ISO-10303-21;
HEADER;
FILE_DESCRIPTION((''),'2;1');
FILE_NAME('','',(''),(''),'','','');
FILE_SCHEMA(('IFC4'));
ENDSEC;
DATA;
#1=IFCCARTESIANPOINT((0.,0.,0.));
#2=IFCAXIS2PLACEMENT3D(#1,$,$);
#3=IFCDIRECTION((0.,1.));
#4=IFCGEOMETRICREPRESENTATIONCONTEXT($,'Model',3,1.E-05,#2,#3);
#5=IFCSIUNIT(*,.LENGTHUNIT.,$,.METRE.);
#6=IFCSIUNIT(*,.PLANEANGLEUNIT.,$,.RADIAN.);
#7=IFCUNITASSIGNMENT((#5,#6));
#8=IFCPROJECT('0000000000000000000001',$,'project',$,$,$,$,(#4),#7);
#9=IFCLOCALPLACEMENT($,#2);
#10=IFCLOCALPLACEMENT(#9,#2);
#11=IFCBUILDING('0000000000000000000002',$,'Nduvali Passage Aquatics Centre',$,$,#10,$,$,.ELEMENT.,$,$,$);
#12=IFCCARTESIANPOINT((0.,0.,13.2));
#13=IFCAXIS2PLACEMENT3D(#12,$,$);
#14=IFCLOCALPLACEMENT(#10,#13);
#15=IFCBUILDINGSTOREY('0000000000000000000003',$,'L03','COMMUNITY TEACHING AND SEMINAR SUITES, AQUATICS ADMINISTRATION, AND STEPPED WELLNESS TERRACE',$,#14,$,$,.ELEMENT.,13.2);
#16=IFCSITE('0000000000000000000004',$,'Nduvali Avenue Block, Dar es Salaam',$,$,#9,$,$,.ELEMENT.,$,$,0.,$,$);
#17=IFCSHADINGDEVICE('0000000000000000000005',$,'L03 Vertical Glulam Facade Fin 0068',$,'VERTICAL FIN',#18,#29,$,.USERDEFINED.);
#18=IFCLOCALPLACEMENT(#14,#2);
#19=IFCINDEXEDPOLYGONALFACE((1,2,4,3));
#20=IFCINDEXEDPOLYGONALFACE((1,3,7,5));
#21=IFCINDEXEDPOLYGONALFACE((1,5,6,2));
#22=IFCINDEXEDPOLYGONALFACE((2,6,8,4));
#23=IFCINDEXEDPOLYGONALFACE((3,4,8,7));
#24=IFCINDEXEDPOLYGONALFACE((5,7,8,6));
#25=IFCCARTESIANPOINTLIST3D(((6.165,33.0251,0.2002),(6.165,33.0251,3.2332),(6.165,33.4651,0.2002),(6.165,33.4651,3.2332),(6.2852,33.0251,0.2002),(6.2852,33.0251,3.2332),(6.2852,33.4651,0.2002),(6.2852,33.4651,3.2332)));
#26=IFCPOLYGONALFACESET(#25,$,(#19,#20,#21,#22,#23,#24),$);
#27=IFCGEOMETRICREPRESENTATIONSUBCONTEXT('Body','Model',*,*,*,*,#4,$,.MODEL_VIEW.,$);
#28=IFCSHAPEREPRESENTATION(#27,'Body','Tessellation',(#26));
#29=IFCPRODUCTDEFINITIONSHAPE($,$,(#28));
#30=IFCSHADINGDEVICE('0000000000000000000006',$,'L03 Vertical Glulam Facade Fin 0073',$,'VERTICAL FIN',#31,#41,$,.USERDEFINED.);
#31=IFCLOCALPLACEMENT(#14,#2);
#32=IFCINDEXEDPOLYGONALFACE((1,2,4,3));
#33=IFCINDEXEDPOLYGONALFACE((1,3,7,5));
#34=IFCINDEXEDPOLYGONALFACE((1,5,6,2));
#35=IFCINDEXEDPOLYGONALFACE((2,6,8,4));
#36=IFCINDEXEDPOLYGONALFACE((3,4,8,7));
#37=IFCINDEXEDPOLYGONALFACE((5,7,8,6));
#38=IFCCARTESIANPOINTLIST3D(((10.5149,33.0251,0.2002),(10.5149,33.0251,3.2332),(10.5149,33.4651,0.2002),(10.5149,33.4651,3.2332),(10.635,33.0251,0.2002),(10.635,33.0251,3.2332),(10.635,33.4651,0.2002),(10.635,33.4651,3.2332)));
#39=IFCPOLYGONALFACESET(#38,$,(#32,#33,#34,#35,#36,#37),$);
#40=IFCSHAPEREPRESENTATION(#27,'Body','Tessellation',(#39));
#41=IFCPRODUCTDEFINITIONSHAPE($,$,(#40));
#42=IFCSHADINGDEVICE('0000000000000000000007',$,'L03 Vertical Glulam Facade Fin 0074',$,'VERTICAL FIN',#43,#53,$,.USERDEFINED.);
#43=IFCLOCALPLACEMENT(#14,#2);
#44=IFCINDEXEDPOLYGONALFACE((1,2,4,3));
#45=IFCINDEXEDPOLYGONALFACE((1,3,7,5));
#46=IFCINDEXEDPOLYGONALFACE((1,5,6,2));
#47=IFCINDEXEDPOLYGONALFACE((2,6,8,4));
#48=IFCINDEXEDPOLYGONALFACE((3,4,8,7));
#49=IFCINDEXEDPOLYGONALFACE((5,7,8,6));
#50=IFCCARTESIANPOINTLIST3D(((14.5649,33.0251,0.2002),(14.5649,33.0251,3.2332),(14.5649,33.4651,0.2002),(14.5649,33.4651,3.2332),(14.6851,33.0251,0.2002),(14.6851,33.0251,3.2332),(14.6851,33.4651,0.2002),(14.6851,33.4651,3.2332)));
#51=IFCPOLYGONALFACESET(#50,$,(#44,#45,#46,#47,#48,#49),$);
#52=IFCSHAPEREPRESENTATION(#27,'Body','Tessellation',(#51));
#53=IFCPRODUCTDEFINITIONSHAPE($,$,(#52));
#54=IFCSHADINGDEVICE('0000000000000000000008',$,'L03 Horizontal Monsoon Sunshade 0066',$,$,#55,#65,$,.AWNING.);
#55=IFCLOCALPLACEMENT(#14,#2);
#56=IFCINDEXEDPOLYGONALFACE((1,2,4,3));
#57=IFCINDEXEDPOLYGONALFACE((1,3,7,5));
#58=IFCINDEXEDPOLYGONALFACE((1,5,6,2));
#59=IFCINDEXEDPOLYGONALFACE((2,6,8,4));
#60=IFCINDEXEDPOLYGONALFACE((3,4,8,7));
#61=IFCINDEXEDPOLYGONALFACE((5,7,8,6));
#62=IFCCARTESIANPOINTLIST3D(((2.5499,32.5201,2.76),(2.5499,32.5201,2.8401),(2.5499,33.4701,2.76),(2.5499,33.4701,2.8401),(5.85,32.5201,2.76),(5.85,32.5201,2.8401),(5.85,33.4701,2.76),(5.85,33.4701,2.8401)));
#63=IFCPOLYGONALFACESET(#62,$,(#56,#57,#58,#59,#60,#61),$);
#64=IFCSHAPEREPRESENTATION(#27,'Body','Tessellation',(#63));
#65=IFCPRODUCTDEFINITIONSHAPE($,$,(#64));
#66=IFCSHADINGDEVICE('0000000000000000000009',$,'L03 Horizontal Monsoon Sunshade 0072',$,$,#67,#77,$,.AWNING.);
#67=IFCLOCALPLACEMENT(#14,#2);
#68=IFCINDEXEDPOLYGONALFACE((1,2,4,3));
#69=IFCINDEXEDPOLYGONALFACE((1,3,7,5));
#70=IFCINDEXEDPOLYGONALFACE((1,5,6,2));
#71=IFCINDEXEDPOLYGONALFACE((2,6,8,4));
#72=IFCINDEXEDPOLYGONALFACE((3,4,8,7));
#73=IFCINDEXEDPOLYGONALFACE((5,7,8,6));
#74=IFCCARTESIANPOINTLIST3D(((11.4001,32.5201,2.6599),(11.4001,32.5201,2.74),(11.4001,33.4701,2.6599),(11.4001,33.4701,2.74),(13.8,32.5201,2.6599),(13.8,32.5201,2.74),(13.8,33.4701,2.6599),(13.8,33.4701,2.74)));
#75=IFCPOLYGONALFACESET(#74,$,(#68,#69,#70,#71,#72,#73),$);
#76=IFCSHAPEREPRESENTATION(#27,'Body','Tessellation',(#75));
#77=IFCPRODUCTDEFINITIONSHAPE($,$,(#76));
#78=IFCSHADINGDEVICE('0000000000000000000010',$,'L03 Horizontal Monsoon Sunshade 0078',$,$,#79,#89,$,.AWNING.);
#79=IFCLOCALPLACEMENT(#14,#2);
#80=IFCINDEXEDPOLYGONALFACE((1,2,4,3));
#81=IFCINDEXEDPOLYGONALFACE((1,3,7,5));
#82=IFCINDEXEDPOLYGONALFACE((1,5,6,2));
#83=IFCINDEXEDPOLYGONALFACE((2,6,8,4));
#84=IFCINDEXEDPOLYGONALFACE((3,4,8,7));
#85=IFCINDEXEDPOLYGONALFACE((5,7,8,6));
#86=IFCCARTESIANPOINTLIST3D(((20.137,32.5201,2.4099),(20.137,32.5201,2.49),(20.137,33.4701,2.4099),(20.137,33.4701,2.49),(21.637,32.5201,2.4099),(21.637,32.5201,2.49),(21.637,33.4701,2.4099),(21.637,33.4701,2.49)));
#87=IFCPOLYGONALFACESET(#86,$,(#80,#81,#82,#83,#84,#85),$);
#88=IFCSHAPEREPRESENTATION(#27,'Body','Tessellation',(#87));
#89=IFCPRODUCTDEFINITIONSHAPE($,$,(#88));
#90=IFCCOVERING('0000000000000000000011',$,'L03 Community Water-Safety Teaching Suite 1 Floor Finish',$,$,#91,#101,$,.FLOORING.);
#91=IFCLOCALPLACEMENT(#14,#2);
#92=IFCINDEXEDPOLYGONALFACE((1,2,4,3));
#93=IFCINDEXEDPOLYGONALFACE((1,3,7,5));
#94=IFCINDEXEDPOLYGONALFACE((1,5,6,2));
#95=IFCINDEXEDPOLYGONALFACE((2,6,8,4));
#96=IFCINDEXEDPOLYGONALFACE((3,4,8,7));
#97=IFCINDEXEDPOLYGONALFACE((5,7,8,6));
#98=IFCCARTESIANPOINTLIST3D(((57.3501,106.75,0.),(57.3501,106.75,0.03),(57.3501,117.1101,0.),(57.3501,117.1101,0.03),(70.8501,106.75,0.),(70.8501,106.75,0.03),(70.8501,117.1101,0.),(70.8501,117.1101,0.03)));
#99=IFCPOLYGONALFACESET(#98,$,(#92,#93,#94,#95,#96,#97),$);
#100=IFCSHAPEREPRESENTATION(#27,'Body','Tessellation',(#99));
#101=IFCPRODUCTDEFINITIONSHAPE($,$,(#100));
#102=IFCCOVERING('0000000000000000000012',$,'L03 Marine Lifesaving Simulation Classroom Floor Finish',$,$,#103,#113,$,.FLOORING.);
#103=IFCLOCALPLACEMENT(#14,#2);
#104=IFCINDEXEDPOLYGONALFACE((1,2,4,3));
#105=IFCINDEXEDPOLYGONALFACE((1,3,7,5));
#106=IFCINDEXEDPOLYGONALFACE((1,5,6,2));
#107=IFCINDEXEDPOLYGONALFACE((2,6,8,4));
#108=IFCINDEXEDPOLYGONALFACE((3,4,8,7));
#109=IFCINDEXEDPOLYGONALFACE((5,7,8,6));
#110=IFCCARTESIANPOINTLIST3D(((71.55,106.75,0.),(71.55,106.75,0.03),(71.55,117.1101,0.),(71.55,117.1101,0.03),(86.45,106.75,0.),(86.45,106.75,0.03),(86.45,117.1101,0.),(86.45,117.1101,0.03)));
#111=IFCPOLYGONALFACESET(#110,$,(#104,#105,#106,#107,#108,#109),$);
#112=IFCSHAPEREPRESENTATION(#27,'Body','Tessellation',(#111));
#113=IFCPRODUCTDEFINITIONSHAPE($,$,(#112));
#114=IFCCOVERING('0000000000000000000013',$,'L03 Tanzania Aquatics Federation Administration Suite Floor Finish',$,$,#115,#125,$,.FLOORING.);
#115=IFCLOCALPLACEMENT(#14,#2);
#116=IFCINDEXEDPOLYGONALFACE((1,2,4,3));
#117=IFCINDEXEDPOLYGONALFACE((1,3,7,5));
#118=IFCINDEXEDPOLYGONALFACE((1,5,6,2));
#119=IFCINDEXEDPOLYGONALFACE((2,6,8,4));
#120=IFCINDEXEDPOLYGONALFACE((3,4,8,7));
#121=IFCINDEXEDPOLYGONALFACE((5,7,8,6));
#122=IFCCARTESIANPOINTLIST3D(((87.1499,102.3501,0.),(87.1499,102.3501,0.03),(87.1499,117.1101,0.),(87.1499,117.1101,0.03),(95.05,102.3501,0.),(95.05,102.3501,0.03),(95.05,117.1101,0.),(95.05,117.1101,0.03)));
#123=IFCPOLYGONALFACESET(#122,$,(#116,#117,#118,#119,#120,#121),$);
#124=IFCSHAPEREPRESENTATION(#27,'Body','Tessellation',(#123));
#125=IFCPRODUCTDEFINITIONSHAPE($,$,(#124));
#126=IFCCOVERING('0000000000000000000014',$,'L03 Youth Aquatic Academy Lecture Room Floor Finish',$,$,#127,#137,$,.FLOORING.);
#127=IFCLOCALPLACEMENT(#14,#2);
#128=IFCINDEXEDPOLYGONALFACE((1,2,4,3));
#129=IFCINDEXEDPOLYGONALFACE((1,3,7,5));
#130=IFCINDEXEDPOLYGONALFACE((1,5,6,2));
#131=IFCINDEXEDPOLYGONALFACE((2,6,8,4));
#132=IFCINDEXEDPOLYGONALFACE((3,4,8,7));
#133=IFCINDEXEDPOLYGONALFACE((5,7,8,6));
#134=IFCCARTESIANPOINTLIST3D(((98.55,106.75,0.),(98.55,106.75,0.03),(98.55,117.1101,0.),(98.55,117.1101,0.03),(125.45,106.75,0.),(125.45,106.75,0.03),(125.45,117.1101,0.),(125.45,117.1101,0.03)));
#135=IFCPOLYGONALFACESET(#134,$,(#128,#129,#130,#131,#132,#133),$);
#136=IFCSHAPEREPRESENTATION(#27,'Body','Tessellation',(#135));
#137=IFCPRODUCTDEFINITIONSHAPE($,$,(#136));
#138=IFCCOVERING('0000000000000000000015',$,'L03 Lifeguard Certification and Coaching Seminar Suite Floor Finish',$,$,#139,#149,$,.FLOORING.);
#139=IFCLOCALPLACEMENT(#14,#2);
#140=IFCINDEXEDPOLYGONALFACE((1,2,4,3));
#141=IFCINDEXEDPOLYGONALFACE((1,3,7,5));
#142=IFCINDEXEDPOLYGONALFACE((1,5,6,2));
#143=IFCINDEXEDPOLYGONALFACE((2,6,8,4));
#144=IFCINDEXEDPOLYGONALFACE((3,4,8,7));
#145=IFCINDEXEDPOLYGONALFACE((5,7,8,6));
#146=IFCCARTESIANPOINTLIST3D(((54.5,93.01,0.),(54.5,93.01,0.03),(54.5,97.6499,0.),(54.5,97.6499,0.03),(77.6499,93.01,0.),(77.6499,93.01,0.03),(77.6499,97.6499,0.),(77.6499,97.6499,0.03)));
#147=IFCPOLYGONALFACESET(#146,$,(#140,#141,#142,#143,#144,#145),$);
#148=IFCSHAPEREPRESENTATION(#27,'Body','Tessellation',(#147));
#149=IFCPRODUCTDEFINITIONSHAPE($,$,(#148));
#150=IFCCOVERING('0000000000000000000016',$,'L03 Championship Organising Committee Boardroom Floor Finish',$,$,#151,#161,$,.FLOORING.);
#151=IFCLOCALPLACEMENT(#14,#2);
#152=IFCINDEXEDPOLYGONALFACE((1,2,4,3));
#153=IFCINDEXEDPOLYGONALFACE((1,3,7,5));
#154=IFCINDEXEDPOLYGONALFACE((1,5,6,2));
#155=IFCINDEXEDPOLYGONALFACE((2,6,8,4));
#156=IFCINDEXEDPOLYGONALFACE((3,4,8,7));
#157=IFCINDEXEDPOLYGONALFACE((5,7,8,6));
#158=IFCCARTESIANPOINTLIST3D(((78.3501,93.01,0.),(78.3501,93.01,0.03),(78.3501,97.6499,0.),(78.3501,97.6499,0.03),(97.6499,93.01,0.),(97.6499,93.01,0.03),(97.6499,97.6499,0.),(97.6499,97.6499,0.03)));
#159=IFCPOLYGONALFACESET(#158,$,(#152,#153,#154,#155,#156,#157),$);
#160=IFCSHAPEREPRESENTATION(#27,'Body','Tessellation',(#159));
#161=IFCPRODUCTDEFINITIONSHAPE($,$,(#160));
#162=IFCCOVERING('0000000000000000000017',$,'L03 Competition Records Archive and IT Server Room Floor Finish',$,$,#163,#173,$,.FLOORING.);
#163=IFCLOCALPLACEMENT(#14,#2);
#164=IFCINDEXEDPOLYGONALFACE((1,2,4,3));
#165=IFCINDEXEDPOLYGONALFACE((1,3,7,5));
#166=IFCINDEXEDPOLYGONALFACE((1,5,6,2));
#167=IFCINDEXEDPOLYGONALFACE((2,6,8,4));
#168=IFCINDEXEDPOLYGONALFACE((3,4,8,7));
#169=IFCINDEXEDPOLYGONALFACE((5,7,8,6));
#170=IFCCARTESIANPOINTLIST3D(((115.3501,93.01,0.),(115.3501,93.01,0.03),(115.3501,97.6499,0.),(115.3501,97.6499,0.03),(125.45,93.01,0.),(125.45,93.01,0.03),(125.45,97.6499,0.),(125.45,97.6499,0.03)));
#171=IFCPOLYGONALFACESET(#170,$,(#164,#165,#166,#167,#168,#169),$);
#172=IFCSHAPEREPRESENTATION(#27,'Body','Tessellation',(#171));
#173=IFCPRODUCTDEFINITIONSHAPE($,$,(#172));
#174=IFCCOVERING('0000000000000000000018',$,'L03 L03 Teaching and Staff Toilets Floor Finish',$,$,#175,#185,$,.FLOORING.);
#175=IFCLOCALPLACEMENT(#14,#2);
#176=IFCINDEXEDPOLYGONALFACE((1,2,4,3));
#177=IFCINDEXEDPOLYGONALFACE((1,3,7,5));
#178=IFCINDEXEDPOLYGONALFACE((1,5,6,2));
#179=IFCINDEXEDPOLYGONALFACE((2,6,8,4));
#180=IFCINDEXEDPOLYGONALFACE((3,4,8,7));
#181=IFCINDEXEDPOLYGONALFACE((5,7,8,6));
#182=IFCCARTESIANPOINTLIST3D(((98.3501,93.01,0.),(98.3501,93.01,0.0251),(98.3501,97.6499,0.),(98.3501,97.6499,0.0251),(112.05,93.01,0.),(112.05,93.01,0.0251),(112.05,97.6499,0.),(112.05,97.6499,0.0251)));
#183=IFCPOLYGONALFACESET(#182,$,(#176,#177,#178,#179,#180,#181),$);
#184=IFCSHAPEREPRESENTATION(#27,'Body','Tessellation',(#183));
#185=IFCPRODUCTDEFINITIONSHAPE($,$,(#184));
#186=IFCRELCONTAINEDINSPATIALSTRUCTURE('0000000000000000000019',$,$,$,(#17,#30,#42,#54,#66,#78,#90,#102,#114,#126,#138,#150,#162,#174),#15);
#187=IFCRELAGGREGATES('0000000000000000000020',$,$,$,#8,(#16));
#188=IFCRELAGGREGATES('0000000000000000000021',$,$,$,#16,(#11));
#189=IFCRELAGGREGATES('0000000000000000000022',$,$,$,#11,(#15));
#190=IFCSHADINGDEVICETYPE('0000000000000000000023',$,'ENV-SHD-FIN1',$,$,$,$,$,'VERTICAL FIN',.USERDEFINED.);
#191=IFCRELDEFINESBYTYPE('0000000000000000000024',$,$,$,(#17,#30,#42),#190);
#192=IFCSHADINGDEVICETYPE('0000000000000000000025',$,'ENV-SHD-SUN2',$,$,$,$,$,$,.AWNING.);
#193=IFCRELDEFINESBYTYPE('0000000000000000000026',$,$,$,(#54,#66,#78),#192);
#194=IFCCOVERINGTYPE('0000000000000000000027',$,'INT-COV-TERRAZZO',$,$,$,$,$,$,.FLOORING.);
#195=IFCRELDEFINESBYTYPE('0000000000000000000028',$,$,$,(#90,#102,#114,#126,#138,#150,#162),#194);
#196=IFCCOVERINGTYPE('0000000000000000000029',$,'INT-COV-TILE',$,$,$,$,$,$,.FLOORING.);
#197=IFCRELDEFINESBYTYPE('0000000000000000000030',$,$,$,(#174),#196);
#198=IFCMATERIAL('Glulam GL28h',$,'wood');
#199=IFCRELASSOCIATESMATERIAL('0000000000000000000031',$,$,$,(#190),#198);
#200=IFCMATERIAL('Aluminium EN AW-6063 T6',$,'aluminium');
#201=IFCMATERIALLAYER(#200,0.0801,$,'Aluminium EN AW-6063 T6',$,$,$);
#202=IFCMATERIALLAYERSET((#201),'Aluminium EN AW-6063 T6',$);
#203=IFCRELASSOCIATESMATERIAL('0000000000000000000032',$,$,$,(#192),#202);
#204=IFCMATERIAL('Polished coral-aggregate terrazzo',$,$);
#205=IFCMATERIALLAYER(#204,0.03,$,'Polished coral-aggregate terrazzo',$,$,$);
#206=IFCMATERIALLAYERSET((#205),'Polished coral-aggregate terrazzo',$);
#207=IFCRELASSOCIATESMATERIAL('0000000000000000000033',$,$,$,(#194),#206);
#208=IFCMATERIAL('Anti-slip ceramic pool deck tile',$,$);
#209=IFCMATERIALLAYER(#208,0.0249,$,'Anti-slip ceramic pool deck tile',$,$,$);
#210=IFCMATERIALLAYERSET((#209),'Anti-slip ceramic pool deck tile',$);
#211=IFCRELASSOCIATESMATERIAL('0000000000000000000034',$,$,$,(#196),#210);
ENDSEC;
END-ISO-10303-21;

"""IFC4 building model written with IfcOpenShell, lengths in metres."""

from ifc_helpers import new_model, si_unit, direction, frame, origin, origin_2d, place, context, subcontext, project, spatial, polyline, rectangle, outline, extrude, material, layer, layer_set, type_object, element, save


model = new_model("IFC4")

# Units and contexts
model_context = context("Model", 3, precision=1e-05, world=origin(), true_north=direction((0.0, 1.0)))
body_context = subcontext(model_context, "Body", "Model", "MODEL_VIEW")
ifc_project = project(units=[si_unit("LENGTHUNIT", "METRE"), si_unit("PLANEANGLEUNIT", "RADIAN")], contexts=[model_context])

# Site, building, storey
site_placement = place(None, origin())
site = spatial("IfcSite", under=ifc_project, at=site_placement, Name="Nduvali Avenue Block, Dar es Salaam", CompositionType="ELEMENT", RefElevation=0.0)
building_placement = place(site_placement, origin())
building = spatial("IfcBuilding", under=site, at=building_placement, Name="Nduvali Passage Aquatics Centre", CompositionType="ELEMENT")
storey_placement = place(building_placement, frame((0.0, 0.0, 13.2)))
storey = spatial("IfcBuildingStorey", under=building, at=storey_placement, Name="L03", Description="COMMUNITY TEACHING AND SEMINAR SUITES, AQUATICS ADMINISTRATION, AND STEPPED WELLNESS TERRACE", CompositionType="ELEMENT", Elevation=13.2)

# Shared definitions
ifc_material_1 = material(Name="Aluminium EN AW-6063 T6", Category="aluminium")

# Shading devices
ifc_material_2 = material(Name="Glulam GL28h", Category="wood")
shading_device_type_1 = type_object("IfcShadingDeviceType", Name="ENV-SHD-FIN1", ElementType="VERTICAL FIN", PredefinedType="USERDEFINED", material=ifc_material_2)
for number, where, z_axis, x_axis, name in (
    (1, (6.2251, 33.2451, 0.2002), (0.0, 0.0, 1.0), (1.0, 0.0, 0.0), "L03 Vertical Glulam Facade Fin 0068"),
    (2, (10.575, 33.2451, 0.2002), (0.0, 0.0, 1.0), (1.0, 0.0, 0.0), "L03 Vertical Glulam Facade Fin 0073"),
    (3, (14.625, 33.2451, 0.2002), (0.0, 0.0, 1.0), (1.0, 0.0, 0.0), "L03 Vertical Glulam Facade Fin 0074"),
):
    element("IfcShadingDevice", number, at=place(storey_placement, frame(where, z_axis=z_axis, x_axis=x_axis)), inside=storey, type_object=shading_device_type_1, Name=name, ObjectType="VERTICAL FIN", PredefinedType="USERDEFINED", context=body_context, shape_type="SweptSolid", body=[
        extrude(rectangle(XDim=0.1201, YDim=0.4399, at=origin_2d()), origin(), (0.0, 0.0, 1.0), 3.033),
    ])
ifc_layer_1 = layer(ifc_material_1, 0.0801, Name="Aluminium EN AW-6063 T6")
ifc_layer_set_1 = layer_set([ifc_layer_1], Name="Aluminium EN AW-6063 T6")
shading_device_type_2 = type_object("IfcShadingDeviceType", Name="ENV-SHD-SUN2", PredefinedType="AWNING", material=ifc_layer_set_1)
shading_device_1_placement = place(storey_placement, frame((4.2, 32.9951, 2.76), z_axis=(0.0, 0.0, 1.0), x_axis=(1.0, 0.0, 0.0)))
element("IfcShadingDevice", 4, at=shading_device_1_placement, inside=storey, type_object=shading_device_type_2, Name="L03 Horizontal Monsoon Sunshade 0066", PredefinedType="AWNING", context=body_context, shape_type="SweptSolid", body=[
    extrude(rectangle(XDim=3.3, YDim=0.95, at=origin_2d()), origin(), (0.0, 0.0, 1.0), 0.0801),
])
shading_device_2_placement = place(storey_placement, frame((12.6001, 32.9951, 2.6599), z_axis=(0.0, 0.0, 1.0), x_axis=(1.0, 0.0, 0.0)))
element("IfcShadingDevice", 5, at=shading_device_2_placement, inside=storey, type_object=shading_device_type_2, Name="L03 Horizontal Monsoon Sunshade 0072", PredefinedType="AWNING", context=body_context, shape_type="SweptSolid", body=[
    extrude(rectangle(XDim=2.3999, YDim=0.95, at=origin_2d()), origin(), (0.0, 0.0, 1.0), 0.0801),
])
shading_device_3_placement = place(storey_placement, frame((20.887, 32.9951, 2.4099), z_axis=(0.0, 0.0, 1.0), x_axis=(1.0, 0.0, 0.0)))
element("IfcShadingDevice", 6, at=shading_device_3_placement, inside=storey, type_object=shading_device_type_2, Name="L03 Horizontal Monsoon Sunshade 0078", PredefinedType="AWNING", context=body_context, shape_type="SweptSolid", body=[
    extrude(rectangle(XDim=1.5, YDim=0.95, at=origin_2d()), origin(), (0.0, 0.0, 1.0), 0.0801),
])

# Coverings
ifc_material_3 = material(Name="Polished coral-aggregate terrazzo")
ifc_layer_2 = layer(ifc_material_3, 0.03, Name="Polished coral-aggregate terrazzo")
ifc_layer_set_2 = layer_set([ifc_layer_2], Name="Polished coral-aggregate terrazzo")
covering_type_1 = type_object("IfcCoveringType", Name="INT-COV-TERRAZZO", PredefinedType="FLOORING", material=ifc_layer_set_2)
covering_1_placement = place(storey_placement, origin())
element("IfcCovering", 7, at=covering_1_placement, inside=storey, type_object=covering_type_1, Name="L03 Community Water-Safety Teaching Suite 1 Floor Finish", PredefinedType="FLOORING", context=body_context, shape_type="SweptSolid", body=[
    extrude(outline(polyline([(57.3501, 106.75), (70.8501, 106.75), (70.8501, 117.1101), (57.3501, 117.1101), (57.3501, 106.75)])), origin(), (0.0, 0.0, 1.0), 0.03),
])
covering_2_placement = place(storey_placement, origin())
element("IfcCovering", 8, at=covering_2_placement, inside=storey, type_object=covering_type_1, Name="L03 Marine Lifesaving Simulation Classroom Floor Finish", PredefinedType="FLOORING", context=body_context, shape_type="SweptSolid", body=[
    extrude(outline(polyline([(71.55, 106.75), (86.45, 106.75), (86.45, 117.1101), (71.55, 117.1101), (71.55, 106.75)])), origin(), (0.0, 0.0, 1.0), 0.03),
])
covering_3_placement = place(storey_placement, origin())
element("IfcCovering", 9, at=covering_3_placement, inside=storey, type_object=covering_type_1, Name="L03 Tanzania Aquatics Federation Administration Suite Floor Finish", PredefinedType="FLOORING", context=body_context, shape_type="SweptSolid", body=[
    extrude(outline(polyline([(87.1499, 102.3501), (95.05, 102.3501), (95.05, 117.1101), (87.1499, 117.1101), (87.1499, 102.3501)])), origin(), (0.0, 0.0, 1.0), 0.03),
])
covering_4_placement = place(storey_placement, origin())
element("IfcCovering", 10, at=covering_4_placement, inside=storey, type_object=covering_type_1, Name="L03 Youth Aquatic Academy Lecture Room Floor Finish", PredefinedType="FLOORING", context=body_context, shape_type="SweptSolid", body=[
    extrude(outline(polyline([(98.55, 106.75), (125.45, 106.75), (125.45, 117.1101), (98.55, 117.1101), (98.55, 106.75)])), origin(), (0.0, 0.0, 1.0), 0.03),
])
covering_5_placement = place(storey_placement, origin())
element("IfcCovering", 11, at=covering_5_placement, inside=storey, type_object=covering_type_1, Name="L03 Lifeguard Certification and Coaching Seminar Suite Floor Finish", PredefinedType="FLOORING", context=body_context, shape_type="SweptSolid", body=[
    extrude(outline(polyline([(54.5, 93.01), (77.6499, 93.01), (77.6499, 97.6499), (54.5, 97.6499), (54.5, 93.01)])), origin(), (0.0, 0.0, 1.0), 0.03),
])
covering_6_placement = place(storey_placement, origin())
element("IfcCovering", 12, at=covering_6_placement, inside=storey, type_object=covering_type_1, Name="L03 Championship Organising Committee Boardroom Floor Finish", PredefinedType="FLOORING", context=body_context, shape_type="SweptSolid", body=[
    extrude(outline(polyline([(78.3501, 93.01), (97.6499, 93.01), (97.6499, 97.6499), (78.3501, 97.6499), (78.3501, 93.01)])), origin(), (0.0, 0.0, 1.0), 0.03),
])
covering_7_placement = place(storey_placement, origin())
element("IfcCovering", 13, at=covering_7_placement, inside=storey, type_object=covering_type_1, Name="L03 Competition Records Archive and IT Server Room Floor Finish", PredefinedType="FLOORING", context=body_context, shape_type="SweptSolid", body=[
    extrude(outline(polyline([(115.3501, 93.01), (125.45, 93.01), (125.45, 97.6499), (115.3501, 97.6499), (115.3501, 93.01)])), origin(), (0.0, 0.0, 1.0), 0.03),
])
ifc_material_4 = material(Name="Anti-slip ceramic pool deck tile")
ifc_layer_3 = layer(ifc_material_4, 0.0249, Name="Anti-slip ceramic pool deck tile")
ifc_layer_set_3 = layer_set([ifc_layer_3], Name="Anti-slip ceramic pool deck tile")
covering_type_2 = type_object("IfcCoveringType", Name="INT-COV-TILE", PredefinedType="FLOORING", material=ifc_layer_set_3)
covering_8_placement = place(storey_placement, origin())
element("IfcCovering", 14, at=covering_8_placement, inside=storey, type_object=covering_type_2, Name="L03 L03 Teaching and Staff Toilets Floor Finish", PredefinedType="FLOORING", context=body_context, shape_type="SweptSolid", body=[
    extrude(outline(polyline([(98.3501, 93.01), (112.05, 93.01), (112.05, 97.6499), (98.3501, 97.6499), (98.3501, 93.01)])), origin(), (0.0, 0.0, 1.0), 0.0251),
])

save(model, "model.ifc")
